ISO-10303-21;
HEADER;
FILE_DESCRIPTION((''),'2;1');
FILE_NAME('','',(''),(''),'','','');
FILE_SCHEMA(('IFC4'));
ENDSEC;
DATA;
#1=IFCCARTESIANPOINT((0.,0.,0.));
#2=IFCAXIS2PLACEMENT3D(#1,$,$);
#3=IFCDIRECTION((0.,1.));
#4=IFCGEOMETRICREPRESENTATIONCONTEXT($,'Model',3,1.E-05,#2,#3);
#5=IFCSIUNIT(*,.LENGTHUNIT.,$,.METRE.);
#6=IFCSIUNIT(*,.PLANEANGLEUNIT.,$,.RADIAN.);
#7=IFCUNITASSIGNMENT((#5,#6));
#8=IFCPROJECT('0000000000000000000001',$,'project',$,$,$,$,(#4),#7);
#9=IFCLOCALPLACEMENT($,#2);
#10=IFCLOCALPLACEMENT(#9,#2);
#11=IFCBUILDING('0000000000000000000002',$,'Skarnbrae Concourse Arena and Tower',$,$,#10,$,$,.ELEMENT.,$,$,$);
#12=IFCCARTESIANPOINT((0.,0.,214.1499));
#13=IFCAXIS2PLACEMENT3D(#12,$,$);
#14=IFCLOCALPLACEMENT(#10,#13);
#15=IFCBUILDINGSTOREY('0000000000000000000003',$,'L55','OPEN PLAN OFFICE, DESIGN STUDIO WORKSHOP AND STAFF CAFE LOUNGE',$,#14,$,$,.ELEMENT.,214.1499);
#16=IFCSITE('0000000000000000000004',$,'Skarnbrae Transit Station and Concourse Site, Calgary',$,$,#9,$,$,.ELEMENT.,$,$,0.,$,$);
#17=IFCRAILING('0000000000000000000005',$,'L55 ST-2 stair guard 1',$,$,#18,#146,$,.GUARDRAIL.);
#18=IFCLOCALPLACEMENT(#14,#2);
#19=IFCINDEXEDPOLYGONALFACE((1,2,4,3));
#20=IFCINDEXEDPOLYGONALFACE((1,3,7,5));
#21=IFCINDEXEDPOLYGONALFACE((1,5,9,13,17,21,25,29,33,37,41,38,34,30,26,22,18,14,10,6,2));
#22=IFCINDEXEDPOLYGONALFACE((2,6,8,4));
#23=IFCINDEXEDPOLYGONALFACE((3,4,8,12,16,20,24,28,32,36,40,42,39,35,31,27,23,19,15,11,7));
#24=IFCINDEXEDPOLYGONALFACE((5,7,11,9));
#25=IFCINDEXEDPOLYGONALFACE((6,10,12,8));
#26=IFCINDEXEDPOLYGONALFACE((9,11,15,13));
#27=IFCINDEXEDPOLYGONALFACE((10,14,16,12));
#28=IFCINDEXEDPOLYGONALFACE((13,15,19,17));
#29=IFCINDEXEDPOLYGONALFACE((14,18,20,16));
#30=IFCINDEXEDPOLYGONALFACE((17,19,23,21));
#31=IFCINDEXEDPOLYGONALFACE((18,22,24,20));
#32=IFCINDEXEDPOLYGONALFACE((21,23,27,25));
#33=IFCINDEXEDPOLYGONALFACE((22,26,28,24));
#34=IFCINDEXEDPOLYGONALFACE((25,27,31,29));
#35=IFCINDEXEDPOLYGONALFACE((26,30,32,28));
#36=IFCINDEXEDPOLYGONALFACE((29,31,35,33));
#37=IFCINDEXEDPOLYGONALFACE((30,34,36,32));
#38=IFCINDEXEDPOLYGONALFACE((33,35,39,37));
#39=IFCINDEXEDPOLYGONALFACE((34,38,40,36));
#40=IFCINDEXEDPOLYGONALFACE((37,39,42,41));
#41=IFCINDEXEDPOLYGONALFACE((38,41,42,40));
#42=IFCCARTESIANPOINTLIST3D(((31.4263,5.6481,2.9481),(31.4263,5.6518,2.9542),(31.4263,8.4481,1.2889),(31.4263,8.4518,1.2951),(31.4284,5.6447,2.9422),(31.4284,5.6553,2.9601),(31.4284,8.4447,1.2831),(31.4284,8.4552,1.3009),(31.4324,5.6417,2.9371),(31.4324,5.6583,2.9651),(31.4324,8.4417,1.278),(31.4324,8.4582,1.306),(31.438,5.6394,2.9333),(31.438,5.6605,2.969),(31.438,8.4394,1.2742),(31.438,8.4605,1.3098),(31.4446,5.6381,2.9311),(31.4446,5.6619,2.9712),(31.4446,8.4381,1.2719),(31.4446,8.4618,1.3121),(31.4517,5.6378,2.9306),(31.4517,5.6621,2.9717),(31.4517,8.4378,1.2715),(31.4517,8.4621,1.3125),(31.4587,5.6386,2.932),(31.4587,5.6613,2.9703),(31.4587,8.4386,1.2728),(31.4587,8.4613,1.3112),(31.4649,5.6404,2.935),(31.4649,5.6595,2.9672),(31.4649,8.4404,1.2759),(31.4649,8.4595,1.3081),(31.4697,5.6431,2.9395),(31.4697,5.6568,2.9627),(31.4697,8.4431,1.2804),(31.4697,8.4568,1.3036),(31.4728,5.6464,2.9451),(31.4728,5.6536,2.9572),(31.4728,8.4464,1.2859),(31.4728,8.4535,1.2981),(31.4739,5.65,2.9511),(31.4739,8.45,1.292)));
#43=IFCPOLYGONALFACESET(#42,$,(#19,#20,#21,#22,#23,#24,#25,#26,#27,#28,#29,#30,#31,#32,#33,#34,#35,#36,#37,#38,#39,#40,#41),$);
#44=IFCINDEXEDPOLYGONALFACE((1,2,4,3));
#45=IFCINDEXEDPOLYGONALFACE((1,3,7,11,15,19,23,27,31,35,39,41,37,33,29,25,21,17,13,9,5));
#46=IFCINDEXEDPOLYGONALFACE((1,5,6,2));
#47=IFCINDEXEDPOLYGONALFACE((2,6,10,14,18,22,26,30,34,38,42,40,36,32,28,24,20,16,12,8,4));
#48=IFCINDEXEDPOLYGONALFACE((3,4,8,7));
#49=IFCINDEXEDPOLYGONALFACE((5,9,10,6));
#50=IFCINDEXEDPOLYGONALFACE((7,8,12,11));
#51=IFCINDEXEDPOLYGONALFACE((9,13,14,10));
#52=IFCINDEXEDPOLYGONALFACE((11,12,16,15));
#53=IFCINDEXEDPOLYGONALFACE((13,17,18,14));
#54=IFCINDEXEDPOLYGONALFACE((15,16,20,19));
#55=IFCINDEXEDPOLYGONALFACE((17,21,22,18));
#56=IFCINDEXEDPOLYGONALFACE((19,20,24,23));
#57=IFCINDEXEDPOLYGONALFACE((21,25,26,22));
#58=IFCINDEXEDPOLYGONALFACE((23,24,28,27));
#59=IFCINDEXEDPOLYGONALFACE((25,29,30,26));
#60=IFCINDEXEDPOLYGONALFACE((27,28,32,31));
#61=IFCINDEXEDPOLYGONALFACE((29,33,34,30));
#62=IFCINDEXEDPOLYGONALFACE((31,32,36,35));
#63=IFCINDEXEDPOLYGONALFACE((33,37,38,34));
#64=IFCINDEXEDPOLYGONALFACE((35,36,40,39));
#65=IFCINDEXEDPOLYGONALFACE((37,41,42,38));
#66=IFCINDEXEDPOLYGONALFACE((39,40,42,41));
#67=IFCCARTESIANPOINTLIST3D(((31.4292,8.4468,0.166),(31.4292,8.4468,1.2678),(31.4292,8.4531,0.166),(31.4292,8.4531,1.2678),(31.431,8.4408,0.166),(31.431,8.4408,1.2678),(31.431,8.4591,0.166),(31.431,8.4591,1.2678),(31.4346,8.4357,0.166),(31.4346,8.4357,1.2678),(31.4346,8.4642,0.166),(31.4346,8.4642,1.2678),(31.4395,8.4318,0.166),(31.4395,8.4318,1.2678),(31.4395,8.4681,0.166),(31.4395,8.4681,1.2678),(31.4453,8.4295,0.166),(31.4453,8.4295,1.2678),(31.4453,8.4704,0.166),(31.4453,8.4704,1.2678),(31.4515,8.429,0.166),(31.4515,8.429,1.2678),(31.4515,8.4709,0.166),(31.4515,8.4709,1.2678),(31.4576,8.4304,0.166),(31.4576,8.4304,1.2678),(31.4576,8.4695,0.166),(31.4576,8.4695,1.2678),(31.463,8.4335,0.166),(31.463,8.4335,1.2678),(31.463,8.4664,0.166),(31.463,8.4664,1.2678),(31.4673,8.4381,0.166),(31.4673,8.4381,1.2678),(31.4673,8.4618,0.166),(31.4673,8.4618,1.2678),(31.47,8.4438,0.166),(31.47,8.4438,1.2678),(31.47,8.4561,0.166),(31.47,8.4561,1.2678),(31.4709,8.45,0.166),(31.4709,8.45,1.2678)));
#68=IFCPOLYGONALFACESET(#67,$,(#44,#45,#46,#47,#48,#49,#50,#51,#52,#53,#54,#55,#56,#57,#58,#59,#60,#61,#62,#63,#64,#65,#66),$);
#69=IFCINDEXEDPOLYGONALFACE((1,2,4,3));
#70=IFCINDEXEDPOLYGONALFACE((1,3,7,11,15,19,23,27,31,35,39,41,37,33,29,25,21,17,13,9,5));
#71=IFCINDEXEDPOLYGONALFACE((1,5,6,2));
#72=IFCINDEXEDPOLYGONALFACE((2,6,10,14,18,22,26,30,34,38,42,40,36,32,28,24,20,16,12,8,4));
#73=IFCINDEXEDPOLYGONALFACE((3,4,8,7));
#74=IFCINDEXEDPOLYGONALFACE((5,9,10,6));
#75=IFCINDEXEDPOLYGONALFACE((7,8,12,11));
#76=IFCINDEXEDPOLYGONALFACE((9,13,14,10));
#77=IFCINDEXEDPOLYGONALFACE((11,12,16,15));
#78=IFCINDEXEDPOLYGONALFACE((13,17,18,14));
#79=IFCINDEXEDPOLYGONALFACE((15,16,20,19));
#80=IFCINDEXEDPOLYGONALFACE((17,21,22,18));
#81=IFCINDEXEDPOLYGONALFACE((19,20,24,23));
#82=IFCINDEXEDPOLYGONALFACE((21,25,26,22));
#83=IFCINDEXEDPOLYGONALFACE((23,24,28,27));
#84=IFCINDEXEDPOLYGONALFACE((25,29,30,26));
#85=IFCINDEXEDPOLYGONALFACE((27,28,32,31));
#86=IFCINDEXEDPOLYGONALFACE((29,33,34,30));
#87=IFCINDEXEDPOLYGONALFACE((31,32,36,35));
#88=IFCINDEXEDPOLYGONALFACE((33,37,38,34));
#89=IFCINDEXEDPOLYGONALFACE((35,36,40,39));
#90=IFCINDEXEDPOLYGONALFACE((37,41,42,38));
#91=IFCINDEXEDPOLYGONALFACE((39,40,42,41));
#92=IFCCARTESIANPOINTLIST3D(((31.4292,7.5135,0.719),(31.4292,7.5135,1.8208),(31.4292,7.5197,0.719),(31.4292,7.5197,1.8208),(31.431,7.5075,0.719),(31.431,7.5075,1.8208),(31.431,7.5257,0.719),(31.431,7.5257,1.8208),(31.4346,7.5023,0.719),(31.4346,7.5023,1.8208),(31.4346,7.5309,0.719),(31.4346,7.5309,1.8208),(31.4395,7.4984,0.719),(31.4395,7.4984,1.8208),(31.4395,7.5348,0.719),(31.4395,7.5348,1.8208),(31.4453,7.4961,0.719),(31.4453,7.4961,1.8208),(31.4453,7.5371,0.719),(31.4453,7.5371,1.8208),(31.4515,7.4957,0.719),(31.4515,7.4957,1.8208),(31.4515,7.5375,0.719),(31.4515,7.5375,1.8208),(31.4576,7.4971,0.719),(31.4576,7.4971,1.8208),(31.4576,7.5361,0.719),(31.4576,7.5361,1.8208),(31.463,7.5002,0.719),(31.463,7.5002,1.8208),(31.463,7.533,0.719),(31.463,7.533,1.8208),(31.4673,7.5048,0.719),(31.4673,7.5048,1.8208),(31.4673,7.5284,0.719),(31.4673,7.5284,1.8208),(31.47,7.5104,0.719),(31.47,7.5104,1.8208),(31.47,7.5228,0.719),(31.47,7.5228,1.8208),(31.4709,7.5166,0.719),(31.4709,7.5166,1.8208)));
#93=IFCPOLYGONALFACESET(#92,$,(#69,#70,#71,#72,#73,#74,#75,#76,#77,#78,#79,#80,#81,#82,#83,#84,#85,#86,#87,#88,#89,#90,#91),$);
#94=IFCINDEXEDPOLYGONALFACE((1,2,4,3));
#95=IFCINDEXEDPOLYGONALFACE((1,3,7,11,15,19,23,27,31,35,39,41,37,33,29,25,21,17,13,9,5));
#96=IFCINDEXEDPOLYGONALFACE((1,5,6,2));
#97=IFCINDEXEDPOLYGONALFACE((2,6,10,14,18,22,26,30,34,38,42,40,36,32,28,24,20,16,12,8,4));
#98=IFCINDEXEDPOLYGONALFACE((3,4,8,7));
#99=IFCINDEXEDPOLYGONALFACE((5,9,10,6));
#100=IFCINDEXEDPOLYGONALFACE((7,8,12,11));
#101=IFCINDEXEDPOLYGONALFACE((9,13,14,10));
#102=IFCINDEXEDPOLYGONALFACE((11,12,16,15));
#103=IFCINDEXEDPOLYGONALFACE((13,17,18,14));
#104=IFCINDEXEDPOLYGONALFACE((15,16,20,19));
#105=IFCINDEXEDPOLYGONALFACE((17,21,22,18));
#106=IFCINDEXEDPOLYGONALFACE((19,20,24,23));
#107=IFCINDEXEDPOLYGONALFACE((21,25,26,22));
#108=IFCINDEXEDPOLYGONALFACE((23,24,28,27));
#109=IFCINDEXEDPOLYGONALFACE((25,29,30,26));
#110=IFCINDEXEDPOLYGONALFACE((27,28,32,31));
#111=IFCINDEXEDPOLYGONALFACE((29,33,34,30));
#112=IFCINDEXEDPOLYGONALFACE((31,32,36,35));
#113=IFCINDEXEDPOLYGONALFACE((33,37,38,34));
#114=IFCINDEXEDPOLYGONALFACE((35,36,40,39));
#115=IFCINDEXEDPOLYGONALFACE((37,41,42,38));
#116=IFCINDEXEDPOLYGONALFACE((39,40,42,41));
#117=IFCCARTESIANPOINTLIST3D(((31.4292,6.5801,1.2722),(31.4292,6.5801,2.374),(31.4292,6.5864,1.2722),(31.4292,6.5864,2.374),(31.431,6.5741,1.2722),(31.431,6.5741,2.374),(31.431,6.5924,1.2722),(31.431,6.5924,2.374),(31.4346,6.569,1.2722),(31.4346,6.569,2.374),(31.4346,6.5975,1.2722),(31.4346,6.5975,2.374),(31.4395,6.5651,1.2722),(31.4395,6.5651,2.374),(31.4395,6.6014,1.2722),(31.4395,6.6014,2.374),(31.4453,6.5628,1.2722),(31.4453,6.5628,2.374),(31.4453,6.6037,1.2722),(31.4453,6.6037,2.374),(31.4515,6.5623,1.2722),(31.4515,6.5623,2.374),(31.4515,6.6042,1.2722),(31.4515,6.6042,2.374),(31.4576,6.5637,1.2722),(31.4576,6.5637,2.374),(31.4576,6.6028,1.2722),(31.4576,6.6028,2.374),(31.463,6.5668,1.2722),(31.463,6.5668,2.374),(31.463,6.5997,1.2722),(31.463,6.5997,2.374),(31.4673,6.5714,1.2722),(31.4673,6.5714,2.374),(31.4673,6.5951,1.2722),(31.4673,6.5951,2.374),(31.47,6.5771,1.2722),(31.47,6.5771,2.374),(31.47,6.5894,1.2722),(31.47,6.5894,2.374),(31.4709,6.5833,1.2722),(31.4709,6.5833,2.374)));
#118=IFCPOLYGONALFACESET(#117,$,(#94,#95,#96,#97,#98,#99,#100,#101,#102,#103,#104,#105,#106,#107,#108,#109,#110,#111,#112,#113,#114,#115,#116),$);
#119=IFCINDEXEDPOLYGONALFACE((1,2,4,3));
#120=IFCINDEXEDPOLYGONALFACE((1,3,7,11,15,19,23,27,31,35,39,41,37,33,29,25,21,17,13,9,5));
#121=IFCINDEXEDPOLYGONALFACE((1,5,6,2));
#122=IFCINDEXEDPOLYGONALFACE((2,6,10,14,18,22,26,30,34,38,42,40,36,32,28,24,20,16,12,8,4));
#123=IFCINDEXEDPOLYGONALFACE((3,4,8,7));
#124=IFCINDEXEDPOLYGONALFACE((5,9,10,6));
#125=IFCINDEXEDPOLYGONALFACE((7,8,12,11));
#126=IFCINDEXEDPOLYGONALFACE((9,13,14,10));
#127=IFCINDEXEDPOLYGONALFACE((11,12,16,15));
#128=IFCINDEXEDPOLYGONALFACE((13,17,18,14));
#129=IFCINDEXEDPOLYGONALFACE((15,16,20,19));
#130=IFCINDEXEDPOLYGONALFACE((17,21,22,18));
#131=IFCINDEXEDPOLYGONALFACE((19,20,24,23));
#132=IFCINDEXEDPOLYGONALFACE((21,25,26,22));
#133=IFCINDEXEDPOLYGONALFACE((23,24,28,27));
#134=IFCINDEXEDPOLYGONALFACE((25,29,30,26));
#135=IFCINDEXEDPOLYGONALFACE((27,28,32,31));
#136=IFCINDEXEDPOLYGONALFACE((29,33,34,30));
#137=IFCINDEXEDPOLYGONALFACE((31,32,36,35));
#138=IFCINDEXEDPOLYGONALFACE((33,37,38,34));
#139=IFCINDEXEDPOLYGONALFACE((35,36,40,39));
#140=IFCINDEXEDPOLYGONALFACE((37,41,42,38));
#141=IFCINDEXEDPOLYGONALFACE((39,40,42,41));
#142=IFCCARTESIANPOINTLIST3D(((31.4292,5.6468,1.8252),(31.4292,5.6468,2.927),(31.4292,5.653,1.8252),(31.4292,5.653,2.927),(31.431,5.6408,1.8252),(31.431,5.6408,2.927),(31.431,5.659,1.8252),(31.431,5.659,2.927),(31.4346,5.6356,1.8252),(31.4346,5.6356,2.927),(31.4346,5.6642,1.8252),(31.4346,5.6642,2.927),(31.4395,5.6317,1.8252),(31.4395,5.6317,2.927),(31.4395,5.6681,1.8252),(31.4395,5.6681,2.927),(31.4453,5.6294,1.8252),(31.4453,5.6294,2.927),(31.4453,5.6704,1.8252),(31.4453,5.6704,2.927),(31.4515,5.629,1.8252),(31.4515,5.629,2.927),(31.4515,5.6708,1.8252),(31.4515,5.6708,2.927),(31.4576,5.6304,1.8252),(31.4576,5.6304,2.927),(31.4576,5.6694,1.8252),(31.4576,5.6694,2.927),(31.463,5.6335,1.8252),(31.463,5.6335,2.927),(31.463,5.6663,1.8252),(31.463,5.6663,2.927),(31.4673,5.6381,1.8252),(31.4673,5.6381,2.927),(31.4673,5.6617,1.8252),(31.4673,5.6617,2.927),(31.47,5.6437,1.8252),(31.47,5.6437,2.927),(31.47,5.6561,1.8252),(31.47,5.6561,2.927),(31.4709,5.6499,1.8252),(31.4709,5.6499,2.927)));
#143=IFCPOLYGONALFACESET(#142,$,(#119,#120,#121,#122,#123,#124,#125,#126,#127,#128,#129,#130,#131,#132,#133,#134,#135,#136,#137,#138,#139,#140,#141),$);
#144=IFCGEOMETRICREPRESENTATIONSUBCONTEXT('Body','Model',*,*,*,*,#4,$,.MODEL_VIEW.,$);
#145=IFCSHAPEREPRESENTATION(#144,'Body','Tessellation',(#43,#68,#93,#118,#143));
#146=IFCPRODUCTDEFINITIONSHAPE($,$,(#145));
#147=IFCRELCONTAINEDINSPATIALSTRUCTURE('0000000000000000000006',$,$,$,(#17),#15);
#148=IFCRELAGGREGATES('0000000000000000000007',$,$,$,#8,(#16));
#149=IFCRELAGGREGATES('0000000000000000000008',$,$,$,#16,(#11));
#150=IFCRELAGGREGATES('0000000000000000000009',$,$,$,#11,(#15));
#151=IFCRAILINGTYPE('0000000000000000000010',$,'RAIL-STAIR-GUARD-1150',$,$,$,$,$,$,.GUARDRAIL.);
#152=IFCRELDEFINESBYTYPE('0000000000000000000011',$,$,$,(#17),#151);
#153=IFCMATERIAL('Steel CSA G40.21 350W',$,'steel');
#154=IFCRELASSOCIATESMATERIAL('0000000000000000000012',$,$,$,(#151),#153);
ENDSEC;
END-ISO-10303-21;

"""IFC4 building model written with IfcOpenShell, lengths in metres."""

from ifc_helpers import new_model, si_unit, direction, frame, origin, origin_2d, place, context, subcontext, project, spatial, circle, extrude, material, type_object, element, save


model = new_model("IFC4")

# Units and contexts
model_context = context("Model", 3, precision=1e-05, world=origin(), true_north=direction((0.0, 1.0)))
body_context = subcontext(model_context, "Body", "Model", "MODEL_VIEW")
ifc_project = project(units=[si_unit("LENGTHUNIT", "METRE"), si_unit("PLANEANGLEUNIT", "RADIAN")], contexts=[model_context])

# Site, building, storey
site_placement = place(None, origin())
site = spatial("IfcSite", under=ifc_project, at=site_placement, Name="Skarnbrae Transit Station and Concourse Site, Calgary", CompositionType="ELEMENT", RefElevation=0.0)
building_placement = place(site_placement, origin())
building = spatial("IfcBuilding", under=site, at=building_placement, Name="Skarnbrae Concourse Arena and Tower", CompositionType="ELEMENT")
storey_placement = place(building_placement, frame((0.0, 0.0, 214.1499)))
storey = spatial("IfcBuildingStorey", under=building, at=storey_placement, Name="L55", Description="OPEN PLAN OFFICE, DESIGN STUDIO WORKSHOP AND STAFF CAFE LOUNGE", CompositionType="ELEMENT", Elevation=214.1499)

# Shared definitions
ifc_material_1 = material(Name="Steel CSA G40.21 350W", Category="steel")

# Railing
railing_type = type_object("IfcRailingType", Name="RAIL-STAIR-GUARD-1150", PredefinedType="GUARDRAIL", material=ifc_material_1)
railing_1_placement = place(storey_placement, frame((31.45, 8.45, 0.166)))
element("IfcRailing", 1, at=railing_1_placement, inside=storey, type_object=railing_type, Name="L55 ST-2 stair guard 1", PredefinedType="GUARDRAIL", context=body_context, shape_type="SweptSolid", body=[
    extrude(circle(Radius=0.0239, at=origin_2d()), frame((0.0, 0.0, 1.126), z_axis=(0.0, -0.860306, 0.509778), x_axis=(1.0, 0.0, 0.0)), (0.0, 0.0, 1.0), 3.2546),
    extrude(circle(Radius=0.021, at=origin_2d()), origin(), (0.0, 0.0, 1.0), 1.1018),
    extrude(circle(Radius=0.021, at=origin_2d()), frame((0.0, -0.9333, 0.553)), (0.0, 0.0, 1.0), 1.1018),
    extrude(circle(Radius=0.021, at=origin_2d()), frame((0.0, -1.8667, 1.1062)), (0.0, 0.0, 1.0), 1.1018),
    extrude(circle(Radius=0.021, at=origin_2d()), frame((0.0, -2.8, 1.6592)), (0.0, 0.0, 1.0), 1.1018),
])

save(model, "model.ifc")
